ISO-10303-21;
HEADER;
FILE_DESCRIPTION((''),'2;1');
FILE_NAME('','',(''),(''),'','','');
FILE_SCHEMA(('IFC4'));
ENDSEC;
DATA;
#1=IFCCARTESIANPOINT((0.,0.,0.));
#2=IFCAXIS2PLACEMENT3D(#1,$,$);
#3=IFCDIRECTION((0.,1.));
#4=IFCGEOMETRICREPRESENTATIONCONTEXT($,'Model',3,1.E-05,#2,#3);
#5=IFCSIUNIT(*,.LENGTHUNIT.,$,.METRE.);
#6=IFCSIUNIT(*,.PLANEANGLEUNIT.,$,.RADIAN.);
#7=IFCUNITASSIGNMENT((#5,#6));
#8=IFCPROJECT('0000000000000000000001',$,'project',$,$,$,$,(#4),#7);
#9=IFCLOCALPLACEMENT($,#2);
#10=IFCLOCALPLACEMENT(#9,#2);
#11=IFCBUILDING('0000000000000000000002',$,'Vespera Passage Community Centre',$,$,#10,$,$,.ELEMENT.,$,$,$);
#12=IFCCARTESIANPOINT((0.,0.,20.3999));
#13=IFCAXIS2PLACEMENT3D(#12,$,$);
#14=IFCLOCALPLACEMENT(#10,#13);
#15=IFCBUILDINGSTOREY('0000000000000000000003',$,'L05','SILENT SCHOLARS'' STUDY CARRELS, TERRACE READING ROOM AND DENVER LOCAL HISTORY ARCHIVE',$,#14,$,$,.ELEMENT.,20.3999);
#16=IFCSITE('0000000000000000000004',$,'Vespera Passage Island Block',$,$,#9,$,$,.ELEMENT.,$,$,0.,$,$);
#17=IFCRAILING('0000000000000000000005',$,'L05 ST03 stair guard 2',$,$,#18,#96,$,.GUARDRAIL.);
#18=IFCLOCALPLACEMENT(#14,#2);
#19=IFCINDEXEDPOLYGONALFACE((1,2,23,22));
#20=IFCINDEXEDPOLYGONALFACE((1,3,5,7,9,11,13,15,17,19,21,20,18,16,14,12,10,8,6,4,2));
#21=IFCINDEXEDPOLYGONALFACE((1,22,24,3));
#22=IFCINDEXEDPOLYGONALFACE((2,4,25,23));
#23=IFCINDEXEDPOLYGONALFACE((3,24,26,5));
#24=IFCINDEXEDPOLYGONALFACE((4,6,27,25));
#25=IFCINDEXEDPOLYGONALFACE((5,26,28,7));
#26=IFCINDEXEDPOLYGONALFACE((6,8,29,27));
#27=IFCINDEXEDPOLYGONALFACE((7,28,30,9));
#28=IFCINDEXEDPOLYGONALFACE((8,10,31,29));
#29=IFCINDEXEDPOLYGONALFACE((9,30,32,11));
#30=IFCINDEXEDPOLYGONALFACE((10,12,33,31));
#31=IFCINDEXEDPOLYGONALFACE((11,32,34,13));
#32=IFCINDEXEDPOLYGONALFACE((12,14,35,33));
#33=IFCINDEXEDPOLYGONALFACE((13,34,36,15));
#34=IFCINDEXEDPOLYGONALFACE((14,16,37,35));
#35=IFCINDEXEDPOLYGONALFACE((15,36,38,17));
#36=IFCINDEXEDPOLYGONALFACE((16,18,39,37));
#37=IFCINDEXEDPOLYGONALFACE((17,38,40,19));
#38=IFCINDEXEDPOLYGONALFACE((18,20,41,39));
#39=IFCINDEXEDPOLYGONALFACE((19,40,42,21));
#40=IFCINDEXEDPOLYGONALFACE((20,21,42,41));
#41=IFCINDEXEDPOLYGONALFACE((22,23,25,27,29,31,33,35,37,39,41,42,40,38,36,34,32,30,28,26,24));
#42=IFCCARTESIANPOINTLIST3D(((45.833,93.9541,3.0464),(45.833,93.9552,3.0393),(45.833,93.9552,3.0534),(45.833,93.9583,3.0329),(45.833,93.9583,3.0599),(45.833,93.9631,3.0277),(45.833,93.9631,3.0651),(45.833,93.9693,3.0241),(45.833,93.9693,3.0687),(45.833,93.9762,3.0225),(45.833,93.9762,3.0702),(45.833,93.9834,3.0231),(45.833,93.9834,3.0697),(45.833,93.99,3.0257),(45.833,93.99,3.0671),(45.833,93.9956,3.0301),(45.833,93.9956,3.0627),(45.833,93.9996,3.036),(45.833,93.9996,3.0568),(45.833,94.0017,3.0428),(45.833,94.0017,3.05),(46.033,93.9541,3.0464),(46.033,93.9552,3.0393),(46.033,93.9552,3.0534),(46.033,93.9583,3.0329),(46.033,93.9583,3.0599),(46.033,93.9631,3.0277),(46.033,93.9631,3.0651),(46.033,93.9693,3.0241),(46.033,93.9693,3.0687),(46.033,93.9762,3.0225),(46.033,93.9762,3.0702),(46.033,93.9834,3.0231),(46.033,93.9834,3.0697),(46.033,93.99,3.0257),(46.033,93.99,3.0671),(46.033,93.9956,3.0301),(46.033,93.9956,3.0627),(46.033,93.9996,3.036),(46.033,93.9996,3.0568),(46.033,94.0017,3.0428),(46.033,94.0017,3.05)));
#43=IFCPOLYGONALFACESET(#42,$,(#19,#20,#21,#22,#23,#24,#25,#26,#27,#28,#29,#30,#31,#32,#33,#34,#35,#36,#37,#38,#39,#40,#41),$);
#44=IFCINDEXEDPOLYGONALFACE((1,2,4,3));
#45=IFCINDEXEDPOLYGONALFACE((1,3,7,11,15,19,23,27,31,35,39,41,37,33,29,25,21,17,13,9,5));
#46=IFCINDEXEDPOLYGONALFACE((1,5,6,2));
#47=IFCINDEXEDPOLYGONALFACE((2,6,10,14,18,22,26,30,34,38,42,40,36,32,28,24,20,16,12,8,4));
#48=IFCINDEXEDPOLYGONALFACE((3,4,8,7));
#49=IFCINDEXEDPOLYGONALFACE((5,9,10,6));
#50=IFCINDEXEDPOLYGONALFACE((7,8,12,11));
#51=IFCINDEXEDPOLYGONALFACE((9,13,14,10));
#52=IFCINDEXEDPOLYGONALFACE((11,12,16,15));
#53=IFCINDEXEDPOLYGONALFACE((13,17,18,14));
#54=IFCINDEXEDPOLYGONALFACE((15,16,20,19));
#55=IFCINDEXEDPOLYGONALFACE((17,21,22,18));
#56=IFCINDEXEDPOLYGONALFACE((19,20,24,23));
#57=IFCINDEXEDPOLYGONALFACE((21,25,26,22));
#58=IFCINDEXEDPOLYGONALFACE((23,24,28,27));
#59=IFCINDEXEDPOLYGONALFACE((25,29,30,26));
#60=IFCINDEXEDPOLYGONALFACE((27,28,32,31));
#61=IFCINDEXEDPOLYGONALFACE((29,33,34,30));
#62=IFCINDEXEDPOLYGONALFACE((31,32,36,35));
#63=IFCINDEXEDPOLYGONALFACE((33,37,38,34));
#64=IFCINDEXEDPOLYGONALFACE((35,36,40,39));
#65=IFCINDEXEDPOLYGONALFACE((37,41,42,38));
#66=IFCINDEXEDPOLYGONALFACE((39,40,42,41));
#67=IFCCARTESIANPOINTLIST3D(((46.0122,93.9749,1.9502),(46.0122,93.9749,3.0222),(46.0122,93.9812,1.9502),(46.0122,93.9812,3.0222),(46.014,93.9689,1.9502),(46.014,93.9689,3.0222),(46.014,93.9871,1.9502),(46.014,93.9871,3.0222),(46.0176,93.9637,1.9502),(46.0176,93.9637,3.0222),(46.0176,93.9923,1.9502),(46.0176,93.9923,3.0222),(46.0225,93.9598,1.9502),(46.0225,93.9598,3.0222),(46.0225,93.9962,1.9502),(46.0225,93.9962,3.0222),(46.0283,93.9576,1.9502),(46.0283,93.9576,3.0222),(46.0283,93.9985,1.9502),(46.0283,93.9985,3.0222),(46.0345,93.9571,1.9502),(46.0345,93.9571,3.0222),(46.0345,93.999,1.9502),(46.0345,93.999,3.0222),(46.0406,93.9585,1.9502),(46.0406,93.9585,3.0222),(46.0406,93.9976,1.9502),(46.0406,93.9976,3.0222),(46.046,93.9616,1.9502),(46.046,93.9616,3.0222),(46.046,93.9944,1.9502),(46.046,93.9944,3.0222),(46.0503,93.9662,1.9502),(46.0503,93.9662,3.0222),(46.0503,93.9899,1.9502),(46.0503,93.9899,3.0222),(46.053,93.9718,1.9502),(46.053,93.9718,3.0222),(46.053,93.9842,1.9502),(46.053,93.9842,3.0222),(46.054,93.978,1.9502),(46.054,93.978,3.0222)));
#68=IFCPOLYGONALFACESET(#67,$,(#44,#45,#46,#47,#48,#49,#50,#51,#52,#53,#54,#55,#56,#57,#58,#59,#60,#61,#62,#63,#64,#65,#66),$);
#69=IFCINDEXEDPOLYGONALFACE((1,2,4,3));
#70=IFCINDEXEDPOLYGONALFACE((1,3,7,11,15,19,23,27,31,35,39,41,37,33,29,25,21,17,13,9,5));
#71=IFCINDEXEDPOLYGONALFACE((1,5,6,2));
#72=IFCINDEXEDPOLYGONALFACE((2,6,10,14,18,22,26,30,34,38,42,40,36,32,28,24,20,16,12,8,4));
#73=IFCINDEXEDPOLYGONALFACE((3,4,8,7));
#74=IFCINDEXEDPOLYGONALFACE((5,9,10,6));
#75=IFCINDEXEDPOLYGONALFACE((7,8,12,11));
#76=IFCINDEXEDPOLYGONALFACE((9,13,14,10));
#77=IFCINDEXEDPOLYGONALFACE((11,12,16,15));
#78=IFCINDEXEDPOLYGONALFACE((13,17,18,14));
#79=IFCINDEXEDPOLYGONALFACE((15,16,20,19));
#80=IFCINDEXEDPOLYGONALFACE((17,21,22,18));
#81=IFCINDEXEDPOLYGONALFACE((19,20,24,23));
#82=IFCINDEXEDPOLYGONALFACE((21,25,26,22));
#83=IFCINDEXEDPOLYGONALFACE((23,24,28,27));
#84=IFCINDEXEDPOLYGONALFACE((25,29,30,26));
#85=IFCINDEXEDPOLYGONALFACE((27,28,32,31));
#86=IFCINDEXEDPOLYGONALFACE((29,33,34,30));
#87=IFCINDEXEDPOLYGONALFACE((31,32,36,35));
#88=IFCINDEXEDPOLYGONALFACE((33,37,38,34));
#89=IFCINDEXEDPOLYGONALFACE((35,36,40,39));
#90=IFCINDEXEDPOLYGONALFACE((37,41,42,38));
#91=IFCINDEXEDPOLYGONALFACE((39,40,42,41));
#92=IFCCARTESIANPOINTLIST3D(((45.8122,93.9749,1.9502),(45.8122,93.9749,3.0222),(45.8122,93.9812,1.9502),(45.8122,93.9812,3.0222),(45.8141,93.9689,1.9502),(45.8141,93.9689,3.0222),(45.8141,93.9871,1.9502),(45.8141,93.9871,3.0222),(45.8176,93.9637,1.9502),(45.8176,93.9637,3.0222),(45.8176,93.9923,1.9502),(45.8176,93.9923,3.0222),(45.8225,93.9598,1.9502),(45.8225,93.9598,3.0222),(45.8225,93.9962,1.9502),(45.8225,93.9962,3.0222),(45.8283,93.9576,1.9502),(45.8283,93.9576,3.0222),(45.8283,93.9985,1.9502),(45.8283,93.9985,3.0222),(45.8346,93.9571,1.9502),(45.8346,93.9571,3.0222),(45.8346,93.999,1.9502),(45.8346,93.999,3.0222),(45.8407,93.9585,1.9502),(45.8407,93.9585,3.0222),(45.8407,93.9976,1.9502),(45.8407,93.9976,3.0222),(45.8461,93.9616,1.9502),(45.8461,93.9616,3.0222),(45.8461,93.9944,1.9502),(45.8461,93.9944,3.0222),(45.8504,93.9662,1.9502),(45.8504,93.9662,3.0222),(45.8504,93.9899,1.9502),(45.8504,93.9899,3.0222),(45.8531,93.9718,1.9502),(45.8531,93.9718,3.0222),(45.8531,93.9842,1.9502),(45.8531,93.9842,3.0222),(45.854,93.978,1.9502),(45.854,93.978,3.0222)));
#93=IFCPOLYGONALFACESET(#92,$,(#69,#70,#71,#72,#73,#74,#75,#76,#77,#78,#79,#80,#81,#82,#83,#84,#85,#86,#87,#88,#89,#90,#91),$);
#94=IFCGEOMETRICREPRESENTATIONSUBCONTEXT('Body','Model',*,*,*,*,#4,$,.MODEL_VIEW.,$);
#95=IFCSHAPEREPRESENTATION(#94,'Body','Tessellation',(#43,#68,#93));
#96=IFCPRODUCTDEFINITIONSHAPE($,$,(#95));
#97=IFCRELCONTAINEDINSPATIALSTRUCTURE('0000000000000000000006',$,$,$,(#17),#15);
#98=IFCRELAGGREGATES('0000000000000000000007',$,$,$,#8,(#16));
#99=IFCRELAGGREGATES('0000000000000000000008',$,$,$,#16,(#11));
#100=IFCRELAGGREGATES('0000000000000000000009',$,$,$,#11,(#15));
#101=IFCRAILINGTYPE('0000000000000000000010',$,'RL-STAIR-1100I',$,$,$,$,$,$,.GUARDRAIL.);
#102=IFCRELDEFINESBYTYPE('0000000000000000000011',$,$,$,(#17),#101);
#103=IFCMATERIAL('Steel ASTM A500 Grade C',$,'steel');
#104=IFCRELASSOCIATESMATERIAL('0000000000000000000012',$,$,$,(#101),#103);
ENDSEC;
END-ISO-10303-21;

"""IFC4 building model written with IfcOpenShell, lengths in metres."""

from ifc_helpers import new_model, si_unit, direction, frame, origin, origin_2d, place, context, subcontext, project, spatial, circle, extrude, material, type_object, element, save


model = new_model("IFC4")

# Units and contexts
model_context = context("Model", 3, precision=1e-05, world=origin(), true_north=direction((0.0, 1.0)))
body_context = subcontext(model_context, "Body", "Model", "MODEL_VIEW")
ifc_project = project(units=[si_unit("LENGTHUNIT", "METRE"), si_unit("PLANEANGLEUNIT", "RADIAN")], contexts=[model_context])

# Site, building, storey
site_placement = place(None, origin())
site = spatial("IfcSite", under=ifc_project, at=site_placement, Name="Vespera Passage Island Block", CompositionType="ELEMENT", RefElevation=0.0)
building_placement = place(site_placement, origin())
building = spatial("IfcBuilding", under=site, at=building_placement, Name="Vespera Passage Community Centre", CompositionType="ELEMENT")
storey_placement = place(building_placement, frame((0.0, 0.0, 20.3999)))
storey = spatial("IfcBuildingStorey", under=building, at=storey_placement, Name="L05", Description="SILENT SCHOLARS' STUDY CARRELS, TERRACE READING ROOM AND DENVER LOCAL HISTORY ARCHIVE", CompositionType="ELEMENT", Elevation=20.3999)

# Railing
ifc_material_1 = material(Name="Steel ASTM A500 Grade C", Category="steel")
railing_type_1 = type_object("IfcRailingType", Name="RL-STAIR-1100I", PredefinedType="GUARDRAIL", material=ifc_material_1)
railing_1_placement = place(storey_placement, frame((46.033, 93.978, 1.9502)))
element("IfcRailing", 1, at=railing_1_placement, inside=storey, type_object=railing_type_1, Name="L05 ST03 stair guard 2", PredefinedType="GUARDRAIL", context=body_context, shape_type="SweptSolid", body=[
    extrude(circle(Radius=0.0239, at=origin_2d()), frame((0.0, 0.0, 1.0962), z_axis=(-1.0, 0.0, 0.0), x_axis=(0.0, -1.0, 0.0)), (0.0, 0.0, 1.0), 0.2),
    extrude(circle(Radius=0.021, at=origin_2d()), origin(), (0.0, 0.0, 1.0), 1.072),
    extrude(circle(Radius=0.021, at=origin_2d()), frame((-0.2, 0.0, 0.0)), (0.0, 0.0, 1.0), 1.072),
])

save(model, "model.ifc")
